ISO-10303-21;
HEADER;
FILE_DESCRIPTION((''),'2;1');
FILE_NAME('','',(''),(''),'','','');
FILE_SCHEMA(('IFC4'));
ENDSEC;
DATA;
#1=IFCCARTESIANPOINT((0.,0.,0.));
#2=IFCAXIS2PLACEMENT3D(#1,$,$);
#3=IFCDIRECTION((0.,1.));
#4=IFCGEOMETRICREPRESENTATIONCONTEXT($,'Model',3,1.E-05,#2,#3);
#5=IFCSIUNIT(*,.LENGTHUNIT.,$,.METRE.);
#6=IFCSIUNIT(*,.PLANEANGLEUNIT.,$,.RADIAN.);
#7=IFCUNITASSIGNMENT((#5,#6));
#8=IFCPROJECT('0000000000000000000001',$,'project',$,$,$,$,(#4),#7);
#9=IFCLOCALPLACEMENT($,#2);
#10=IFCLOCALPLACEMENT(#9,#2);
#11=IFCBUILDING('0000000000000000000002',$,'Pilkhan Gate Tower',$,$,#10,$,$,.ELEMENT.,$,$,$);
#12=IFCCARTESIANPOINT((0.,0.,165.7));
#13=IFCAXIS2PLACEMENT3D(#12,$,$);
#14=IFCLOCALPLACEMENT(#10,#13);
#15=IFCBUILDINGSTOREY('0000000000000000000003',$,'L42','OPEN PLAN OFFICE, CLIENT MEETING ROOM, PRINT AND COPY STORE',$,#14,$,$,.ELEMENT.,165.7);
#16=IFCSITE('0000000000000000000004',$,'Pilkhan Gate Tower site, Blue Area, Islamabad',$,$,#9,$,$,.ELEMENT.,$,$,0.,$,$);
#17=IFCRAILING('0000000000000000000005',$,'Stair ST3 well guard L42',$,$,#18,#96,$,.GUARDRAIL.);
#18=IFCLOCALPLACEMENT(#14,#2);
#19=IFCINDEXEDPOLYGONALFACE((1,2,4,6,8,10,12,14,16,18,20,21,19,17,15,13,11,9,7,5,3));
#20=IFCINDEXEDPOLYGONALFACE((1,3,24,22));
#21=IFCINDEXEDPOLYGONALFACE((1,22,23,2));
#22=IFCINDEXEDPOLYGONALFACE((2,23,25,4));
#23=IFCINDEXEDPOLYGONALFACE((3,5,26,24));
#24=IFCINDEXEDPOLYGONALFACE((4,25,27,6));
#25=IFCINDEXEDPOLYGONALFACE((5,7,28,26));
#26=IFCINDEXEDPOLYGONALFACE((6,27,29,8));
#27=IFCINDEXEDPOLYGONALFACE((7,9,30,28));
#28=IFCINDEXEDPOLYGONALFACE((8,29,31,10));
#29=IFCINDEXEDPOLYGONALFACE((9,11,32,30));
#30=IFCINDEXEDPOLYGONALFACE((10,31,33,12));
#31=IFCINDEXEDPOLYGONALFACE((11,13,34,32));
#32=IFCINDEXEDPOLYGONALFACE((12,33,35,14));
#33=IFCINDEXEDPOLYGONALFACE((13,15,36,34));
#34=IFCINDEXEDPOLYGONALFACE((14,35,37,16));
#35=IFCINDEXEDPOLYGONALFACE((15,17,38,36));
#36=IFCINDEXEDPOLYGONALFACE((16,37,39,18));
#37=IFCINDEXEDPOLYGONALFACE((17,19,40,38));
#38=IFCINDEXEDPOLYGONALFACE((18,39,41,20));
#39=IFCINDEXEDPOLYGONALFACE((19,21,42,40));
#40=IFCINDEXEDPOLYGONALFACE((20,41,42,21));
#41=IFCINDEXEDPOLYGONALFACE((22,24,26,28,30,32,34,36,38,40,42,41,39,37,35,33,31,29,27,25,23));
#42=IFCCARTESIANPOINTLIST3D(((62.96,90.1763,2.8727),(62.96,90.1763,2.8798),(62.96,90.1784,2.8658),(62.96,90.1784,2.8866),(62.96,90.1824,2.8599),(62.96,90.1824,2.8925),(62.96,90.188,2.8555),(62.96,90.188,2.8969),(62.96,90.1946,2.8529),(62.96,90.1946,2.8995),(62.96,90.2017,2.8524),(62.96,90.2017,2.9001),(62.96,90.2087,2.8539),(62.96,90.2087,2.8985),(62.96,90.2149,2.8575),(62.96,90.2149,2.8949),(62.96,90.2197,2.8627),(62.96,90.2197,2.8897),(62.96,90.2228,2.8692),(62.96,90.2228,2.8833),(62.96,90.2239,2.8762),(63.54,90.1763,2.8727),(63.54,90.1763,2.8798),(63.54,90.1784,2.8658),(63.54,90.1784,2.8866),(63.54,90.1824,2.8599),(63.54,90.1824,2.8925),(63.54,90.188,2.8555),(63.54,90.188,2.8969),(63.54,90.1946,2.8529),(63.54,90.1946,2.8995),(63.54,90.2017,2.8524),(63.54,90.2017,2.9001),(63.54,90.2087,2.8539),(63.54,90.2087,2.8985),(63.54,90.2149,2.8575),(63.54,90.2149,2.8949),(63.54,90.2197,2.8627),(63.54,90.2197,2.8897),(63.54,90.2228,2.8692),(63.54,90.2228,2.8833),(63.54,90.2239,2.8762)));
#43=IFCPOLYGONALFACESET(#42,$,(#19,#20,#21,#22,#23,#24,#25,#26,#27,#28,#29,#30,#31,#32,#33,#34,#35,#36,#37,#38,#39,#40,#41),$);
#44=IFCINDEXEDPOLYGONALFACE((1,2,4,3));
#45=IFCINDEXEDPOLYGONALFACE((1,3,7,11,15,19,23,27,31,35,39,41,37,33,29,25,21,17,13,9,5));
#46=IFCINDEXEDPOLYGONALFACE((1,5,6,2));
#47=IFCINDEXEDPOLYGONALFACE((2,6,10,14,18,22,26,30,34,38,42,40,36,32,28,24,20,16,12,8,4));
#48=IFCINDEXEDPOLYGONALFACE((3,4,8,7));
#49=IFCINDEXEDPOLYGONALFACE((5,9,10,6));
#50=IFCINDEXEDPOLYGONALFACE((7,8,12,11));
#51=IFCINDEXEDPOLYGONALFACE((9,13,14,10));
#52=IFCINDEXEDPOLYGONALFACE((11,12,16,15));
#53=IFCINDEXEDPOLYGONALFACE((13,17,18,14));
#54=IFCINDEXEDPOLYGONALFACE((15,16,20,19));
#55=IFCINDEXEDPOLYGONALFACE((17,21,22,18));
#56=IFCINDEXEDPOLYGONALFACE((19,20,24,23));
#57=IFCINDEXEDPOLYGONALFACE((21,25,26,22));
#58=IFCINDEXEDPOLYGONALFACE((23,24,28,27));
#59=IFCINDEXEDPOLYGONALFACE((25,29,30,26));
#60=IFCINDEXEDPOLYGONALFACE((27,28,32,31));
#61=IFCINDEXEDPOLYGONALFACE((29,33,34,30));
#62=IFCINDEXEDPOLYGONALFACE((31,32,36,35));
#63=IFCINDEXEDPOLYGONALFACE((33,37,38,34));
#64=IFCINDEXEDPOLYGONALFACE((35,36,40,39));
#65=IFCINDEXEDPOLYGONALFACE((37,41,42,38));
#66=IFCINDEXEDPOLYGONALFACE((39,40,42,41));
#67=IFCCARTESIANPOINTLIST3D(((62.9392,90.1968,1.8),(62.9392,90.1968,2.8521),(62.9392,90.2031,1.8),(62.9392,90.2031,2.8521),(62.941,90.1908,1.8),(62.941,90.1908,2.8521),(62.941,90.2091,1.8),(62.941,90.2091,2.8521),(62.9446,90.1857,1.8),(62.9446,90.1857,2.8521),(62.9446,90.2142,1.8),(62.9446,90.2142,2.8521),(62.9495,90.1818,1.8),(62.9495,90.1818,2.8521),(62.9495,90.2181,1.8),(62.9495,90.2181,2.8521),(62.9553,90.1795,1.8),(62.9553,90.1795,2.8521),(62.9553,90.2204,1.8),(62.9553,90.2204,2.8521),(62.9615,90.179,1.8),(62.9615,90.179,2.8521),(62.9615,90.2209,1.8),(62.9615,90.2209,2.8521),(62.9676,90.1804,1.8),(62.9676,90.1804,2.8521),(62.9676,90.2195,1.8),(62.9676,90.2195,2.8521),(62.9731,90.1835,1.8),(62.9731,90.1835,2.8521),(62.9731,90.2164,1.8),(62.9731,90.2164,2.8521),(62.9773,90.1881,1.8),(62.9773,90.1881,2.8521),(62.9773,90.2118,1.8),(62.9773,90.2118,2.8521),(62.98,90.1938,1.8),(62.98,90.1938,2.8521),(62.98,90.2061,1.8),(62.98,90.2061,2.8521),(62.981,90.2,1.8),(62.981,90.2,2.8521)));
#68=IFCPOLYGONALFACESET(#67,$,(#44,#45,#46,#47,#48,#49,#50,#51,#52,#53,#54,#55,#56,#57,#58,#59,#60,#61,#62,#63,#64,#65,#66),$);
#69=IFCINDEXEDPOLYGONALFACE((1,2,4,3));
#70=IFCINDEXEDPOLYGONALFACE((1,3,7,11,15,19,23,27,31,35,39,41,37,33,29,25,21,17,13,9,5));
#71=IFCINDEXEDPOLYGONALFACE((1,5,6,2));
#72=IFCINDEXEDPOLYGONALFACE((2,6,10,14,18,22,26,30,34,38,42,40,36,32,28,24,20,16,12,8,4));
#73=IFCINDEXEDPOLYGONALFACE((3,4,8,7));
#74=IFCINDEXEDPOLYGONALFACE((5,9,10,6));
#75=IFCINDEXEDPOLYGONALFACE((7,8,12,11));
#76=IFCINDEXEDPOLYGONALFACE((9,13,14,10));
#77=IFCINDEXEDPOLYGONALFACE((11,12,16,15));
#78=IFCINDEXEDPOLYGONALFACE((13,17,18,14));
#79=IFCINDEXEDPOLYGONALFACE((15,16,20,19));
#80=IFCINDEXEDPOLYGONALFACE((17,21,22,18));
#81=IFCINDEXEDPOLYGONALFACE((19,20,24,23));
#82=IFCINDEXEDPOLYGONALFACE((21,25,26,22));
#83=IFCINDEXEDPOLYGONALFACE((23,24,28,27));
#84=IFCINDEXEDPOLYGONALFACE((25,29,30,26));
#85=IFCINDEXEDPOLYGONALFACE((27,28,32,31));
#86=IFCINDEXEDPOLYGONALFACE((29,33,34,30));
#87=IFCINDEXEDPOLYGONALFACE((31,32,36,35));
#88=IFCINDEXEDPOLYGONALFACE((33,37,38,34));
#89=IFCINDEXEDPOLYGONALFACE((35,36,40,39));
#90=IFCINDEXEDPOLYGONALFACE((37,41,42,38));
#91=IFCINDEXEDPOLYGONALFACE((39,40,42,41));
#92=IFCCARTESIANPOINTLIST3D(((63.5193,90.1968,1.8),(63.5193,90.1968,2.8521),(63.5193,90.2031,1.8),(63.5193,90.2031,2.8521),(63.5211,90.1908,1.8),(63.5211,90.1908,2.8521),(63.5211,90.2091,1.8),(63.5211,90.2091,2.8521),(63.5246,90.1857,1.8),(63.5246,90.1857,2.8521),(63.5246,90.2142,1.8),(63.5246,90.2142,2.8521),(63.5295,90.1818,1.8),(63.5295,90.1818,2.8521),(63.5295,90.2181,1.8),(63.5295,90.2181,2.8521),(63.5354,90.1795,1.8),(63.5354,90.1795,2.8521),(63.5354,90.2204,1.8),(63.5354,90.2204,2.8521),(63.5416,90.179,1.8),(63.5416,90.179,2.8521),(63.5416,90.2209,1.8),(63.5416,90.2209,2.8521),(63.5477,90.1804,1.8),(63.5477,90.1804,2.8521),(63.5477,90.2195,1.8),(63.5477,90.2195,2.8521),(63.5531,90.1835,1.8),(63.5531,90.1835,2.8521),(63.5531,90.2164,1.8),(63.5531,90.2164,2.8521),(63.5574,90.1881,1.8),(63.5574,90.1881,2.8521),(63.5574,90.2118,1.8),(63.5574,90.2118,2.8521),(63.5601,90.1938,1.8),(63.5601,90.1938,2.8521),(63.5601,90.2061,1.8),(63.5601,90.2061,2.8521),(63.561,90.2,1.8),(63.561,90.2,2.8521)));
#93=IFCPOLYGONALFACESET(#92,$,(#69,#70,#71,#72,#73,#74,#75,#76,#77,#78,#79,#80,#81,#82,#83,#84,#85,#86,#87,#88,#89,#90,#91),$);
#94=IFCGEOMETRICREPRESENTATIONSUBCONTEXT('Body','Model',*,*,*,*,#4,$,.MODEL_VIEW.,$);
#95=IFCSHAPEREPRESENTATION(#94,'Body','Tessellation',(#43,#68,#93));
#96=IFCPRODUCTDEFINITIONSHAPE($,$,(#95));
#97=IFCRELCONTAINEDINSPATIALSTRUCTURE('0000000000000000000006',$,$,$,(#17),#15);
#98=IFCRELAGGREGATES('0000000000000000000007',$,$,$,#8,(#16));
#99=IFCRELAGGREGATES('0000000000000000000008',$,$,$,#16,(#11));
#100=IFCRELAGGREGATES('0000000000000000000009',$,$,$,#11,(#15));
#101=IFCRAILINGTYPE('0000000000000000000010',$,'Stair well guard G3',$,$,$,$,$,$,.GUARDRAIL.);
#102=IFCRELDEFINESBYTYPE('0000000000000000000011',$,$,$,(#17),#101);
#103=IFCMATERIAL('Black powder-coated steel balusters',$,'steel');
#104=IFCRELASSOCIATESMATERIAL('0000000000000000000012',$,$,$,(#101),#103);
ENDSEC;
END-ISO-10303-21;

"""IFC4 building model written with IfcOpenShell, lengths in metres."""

from ifc_helpers import new_model, si_unit, direction, frame, origin, origin_2d, place, context, subcontext, project, spatial, circle, extrude, material, type_object, element, save


model = new_model("IFC4")

# Units and contexts
model_context = context("Model", 3, precision=1e-05, world=origin(), true_north=direction((0.0, 1.0)))
body_context = subcontext(model_context, "Body", "Model", "MODEL_VIEW")
ifc_project = project(units=[si_unit("LENGTHUNIT", "METRE"), si_unit("PLANEANGLEUNIT", "RADIAN")], contexts=[model_context])

# Site, building, storey
site_placement = place(None, origin())
site = spatial("IfcSite", under=ifc_project, at=site_placement, Name="Pilkhan Gate Tower site, Blue Area, Islamabad", CompositionType="ELEMENT", RefElevation=0.0)
building_placement = place(site_placement, origin())
building = spatial("IfcBuilding", under=site, at=building_placement, Name="Pilkhan Gate Tower", CompositionType="ELEMENT")
storey_placement = place(building_placement, frame((0.0, 0.0, 165.7)))
storey = spatial("IfcBuildingStorey", under=building, at=storey_placement, Name="L42", Description="OPEN PLAN OFFICE, CLIENT MEETING ROOM, PRINT AND COPY STORE", CompositionType="ELEMENT", Elevation=165.7)

# Railing
ifc_material_1 = material(Name="Black powder-coated steel balusters", Category="steel")
railing_type_1 = type_object("IfcRailingType", Name="Stair well guard G3", PredefinedType="GUARDRAIL", material=ifc_material_1)
for number, where, name in (
    (1, (62.96, 90.2, 1.8), "Stair ST3 well guard L42"),
):
    element("IfcRailing", number, at=place(storey_placement, frame(where)), inside=storey, type_object=railing_type_1, Name=name, PredefinedType="GUARDRAIL", context=body_context, shape_type="SweptSolid", body=[
        extrude(circle(Radius=0.0239, at=origin_2d()), frame((0.0, 0.0, 1.0762), z_axis=(1.0, 0.0, 0.0), x_axis=(0.0, 1.0, 0.0)), (0.0, 0.0, 1.0), 0.5801),
        extrude(circle(Radius=0.021, at=origin_2d()), origin(), (0.0, 0.0, 1.0), 1.052),
        extrude(circle(Radius=0.021, at=origin_2d()), frame((0.5801, 0.0, 0.0)), (0.0, 0.0, 1.0), 1.052),
    ])

save(model, "model.ifc")
